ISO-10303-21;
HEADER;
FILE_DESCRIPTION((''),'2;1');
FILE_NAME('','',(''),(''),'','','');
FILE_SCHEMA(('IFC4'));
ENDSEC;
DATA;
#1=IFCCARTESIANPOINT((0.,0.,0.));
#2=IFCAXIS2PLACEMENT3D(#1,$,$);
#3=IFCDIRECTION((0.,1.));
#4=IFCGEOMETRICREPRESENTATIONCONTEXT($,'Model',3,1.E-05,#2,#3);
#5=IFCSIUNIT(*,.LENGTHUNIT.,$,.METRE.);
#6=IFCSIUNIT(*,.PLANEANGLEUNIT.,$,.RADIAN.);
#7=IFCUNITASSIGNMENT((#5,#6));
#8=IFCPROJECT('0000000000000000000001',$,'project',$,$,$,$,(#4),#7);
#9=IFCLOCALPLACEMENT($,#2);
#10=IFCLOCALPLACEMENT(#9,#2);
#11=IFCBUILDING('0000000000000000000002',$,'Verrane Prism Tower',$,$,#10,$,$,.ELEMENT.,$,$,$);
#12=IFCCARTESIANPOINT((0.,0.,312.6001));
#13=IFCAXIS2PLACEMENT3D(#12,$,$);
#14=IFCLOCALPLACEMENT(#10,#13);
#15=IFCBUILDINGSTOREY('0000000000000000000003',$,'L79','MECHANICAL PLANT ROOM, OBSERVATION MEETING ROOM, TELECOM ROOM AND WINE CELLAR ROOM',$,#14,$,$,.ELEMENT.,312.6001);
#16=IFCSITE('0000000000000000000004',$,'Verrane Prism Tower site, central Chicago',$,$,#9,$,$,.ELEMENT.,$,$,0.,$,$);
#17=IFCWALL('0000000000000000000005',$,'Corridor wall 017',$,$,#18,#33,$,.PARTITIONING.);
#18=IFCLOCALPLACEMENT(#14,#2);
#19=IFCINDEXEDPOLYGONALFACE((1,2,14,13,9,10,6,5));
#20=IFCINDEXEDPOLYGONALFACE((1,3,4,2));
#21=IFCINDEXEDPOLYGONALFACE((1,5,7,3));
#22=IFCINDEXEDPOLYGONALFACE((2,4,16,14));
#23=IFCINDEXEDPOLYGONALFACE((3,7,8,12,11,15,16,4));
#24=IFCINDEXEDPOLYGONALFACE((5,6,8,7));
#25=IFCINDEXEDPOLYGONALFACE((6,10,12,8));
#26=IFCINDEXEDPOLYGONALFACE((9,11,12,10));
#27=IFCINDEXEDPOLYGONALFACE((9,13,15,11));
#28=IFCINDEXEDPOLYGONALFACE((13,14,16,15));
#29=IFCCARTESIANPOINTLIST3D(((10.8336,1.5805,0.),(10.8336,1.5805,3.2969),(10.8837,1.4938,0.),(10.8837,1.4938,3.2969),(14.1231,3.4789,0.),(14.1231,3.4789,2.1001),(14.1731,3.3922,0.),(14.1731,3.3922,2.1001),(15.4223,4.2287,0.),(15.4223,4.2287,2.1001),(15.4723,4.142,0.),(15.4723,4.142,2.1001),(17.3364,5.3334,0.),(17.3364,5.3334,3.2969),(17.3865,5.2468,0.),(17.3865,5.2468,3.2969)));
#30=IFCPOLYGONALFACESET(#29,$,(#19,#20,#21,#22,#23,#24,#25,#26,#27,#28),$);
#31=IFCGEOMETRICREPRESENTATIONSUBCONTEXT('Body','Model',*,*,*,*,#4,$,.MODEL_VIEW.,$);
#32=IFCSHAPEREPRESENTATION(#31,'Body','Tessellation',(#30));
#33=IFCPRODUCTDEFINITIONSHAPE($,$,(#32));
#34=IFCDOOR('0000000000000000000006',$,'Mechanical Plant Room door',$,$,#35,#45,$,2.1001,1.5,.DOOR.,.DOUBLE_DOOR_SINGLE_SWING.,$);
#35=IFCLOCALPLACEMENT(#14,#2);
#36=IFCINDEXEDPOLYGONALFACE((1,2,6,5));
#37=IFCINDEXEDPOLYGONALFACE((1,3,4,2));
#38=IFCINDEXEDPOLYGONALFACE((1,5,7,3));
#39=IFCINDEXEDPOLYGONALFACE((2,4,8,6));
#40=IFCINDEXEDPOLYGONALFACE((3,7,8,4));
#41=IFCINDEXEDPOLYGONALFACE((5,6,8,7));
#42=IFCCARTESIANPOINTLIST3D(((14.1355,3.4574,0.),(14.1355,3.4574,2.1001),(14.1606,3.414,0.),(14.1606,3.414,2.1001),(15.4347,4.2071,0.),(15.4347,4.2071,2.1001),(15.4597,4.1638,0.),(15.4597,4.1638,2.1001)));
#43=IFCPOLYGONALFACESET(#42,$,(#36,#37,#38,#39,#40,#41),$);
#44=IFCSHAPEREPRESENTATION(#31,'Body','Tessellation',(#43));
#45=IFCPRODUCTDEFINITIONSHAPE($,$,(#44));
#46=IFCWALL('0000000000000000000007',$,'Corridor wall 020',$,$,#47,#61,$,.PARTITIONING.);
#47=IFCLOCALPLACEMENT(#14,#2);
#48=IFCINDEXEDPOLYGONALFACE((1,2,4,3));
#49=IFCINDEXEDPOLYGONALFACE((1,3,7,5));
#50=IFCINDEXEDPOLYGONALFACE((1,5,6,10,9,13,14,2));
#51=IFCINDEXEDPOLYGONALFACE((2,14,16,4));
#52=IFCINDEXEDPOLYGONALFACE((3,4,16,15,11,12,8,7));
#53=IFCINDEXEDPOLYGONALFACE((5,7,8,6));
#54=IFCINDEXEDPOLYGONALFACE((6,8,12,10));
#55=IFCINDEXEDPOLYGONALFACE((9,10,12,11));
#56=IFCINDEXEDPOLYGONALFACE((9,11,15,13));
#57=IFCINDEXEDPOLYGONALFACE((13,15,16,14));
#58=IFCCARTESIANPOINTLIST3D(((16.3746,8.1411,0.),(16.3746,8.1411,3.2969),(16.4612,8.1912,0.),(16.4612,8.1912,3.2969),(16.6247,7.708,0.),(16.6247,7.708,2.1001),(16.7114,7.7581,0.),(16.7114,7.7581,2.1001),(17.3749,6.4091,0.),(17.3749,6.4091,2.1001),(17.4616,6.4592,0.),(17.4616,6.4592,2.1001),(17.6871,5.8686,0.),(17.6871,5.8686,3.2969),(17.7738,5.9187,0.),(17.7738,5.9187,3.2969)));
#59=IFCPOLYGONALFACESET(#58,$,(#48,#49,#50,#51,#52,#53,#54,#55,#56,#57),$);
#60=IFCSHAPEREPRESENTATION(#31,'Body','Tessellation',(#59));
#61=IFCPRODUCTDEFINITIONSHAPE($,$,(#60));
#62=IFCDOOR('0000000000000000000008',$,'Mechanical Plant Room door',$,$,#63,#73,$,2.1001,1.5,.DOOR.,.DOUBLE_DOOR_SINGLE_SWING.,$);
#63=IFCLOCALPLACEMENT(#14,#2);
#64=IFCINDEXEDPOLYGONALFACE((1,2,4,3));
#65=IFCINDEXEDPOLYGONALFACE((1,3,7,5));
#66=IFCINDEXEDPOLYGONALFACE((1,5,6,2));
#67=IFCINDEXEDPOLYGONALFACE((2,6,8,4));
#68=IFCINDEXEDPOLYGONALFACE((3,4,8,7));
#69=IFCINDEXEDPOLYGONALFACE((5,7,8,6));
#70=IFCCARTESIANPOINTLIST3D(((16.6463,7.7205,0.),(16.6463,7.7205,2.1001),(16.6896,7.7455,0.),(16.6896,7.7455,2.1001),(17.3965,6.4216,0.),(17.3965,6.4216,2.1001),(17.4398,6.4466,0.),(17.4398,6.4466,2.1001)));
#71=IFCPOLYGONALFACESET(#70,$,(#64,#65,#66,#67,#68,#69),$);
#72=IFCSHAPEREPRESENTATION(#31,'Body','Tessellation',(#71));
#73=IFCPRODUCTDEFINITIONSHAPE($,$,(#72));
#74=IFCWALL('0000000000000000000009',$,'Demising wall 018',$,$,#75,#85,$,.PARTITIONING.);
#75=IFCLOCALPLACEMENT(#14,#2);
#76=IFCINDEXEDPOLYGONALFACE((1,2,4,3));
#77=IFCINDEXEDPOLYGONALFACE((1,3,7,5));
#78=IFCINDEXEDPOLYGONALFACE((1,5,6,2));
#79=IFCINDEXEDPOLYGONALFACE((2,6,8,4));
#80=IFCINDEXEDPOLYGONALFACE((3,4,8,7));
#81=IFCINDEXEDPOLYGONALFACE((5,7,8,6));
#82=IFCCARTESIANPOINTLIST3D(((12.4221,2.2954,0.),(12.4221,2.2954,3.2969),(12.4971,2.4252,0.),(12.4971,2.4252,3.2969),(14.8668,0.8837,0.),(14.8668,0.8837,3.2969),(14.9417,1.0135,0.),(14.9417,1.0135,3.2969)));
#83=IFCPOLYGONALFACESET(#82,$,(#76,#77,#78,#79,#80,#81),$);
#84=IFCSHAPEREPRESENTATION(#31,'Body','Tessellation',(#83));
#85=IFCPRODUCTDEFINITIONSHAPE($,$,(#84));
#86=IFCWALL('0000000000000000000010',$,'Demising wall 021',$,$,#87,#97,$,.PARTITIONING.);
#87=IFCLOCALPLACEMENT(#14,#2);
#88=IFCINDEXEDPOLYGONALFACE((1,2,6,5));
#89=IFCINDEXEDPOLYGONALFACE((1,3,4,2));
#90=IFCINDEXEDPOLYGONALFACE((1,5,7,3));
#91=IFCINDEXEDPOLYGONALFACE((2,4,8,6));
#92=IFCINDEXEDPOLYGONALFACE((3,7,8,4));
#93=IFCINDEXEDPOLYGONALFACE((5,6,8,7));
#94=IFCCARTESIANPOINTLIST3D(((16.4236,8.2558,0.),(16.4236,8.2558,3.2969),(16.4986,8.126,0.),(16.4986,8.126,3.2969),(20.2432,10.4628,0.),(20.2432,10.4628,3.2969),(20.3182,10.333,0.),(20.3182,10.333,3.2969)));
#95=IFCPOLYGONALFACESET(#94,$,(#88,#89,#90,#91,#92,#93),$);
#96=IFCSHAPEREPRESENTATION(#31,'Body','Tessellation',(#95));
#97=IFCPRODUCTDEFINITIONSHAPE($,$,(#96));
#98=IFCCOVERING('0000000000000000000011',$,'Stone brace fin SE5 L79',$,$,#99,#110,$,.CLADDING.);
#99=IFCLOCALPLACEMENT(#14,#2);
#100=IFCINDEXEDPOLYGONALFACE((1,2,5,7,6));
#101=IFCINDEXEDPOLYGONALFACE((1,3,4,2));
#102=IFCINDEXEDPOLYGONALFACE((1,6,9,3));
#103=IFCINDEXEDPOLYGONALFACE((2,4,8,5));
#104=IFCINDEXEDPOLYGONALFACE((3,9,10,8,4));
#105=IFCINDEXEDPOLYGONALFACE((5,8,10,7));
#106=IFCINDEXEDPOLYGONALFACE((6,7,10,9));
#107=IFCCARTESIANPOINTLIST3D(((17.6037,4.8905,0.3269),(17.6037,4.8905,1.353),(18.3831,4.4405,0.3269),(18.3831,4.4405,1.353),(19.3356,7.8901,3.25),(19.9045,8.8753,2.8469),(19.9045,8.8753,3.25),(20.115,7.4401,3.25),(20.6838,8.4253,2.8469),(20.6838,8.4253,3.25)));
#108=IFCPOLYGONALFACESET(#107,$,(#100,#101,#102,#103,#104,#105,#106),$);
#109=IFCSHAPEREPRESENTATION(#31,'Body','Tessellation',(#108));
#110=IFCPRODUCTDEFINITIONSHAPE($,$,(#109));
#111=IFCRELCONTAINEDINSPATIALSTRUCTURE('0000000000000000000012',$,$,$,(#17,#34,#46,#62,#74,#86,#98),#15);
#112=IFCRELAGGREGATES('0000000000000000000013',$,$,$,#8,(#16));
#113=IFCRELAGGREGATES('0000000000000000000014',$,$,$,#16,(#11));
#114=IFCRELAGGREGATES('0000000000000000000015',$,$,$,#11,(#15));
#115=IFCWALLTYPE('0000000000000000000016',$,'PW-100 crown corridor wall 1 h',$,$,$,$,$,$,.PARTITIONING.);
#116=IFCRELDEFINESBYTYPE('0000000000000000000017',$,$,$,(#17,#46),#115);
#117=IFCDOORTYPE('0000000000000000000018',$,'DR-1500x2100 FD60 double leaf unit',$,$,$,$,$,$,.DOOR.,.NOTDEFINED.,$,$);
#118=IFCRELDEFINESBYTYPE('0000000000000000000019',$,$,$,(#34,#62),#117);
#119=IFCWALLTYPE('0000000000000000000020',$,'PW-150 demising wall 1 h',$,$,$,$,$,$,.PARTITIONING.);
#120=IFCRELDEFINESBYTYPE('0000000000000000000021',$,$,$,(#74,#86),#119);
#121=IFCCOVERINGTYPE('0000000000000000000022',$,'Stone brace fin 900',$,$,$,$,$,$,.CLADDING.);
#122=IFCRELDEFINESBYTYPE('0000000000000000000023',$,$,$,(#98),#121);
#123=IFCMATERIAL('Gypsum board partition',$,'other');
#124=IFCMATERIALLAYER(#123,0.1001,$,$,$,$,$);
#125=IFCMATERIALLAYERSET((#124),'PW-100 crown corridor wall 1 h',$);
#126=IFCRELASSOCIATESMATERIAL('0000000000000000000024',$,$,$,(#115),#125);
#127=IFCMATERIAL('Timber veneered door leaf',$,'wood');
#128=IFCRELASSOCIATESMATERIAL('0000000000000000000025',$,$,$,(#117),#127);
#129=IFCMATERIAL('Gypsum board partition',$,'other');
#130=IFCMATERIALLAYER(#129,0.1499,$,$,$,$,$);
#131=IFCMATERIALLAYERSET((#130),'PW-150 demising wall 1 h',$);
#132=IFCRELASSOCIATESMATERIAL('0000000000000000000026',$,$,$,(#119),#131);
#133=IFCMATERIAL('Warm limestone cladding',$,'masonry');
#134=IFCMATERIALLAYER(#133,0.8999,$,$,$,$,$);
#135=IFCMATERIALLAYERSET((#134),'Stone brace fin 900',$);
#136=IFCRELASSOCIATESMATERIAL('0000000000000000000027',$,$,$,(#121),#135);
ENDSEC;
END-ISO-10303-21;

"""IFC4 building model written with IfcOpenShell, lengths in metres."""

from ifc_helpers import new_model, si_unit, direction, frame, frame_2d, origin, place, context, subcontext, project, spatial, polyline, rectangle, outline, extrude, material, layer, layer_set, type_object, element, fill, save


model = new_model("IFC4")

# Units and contexts
model_context = context("Model", 3, precision=1e-05, world=origin(), true_north=direction((0.0, 1.0)))
body_context = subcontext(model_context, "Body", "Model", "MODEL_VIEW")
ifc_project = project(units=[si_unit("LENGTHUNIT", "METRE"), si_unit("PLANEANGLEUNIT", "RADIAN")], contexts=[model_context])

# Site, building, storey
site_placement = place(None, origin())
site = spatial("IfcSite", under=ifc_project, at=site_placement, Name="Verrane Prism Tower site, central Chicago", CompositionType="ELEMENT", RefElevation=0.0)
building_placement = place(site_placement, origin())
building = spatial("IfcBuilding", under=site, at=building_placement, Name="Verrane Prism Tower", CompositionType="ELEMENT")
storey_placement = place(building_placement, frame((0.0, 0.0, 312.6001)))
storey = spatial("IfcBuildingStorey", under=building, at=storey_placement, Name="L79", Description="MECHANICAL PLANT ROOM, OBSERVATION MEETING ROOM, TELECOM ROOM AND WINE CELLAR ROOM", CompositionType="ELEMENT", Elevation=312.6001)

# Walls, openings, doors
ifc_material_1 = material(Name="Gypsum board partition", Category="other")
ifc_layer_1 = layer(ifc_material_1, 0.1001)
ifc_layer_set_1 = layer_set([ifc_layer_1], Name="PW-100 crown corridor wall 1 h")
wall_type_1 = type_object("IfcWallType", Name="PW-100 crown corridor wall 1 h", PredefinedType="PARTITIONING", material=ifc_layer_set_1)
wall_1_placement = place(storey_placement, frame((17.3613, 5.29, 0.0), z_axis=(0.0, 0.0, 1.0), x_axis=(-0.866106, -0.49986, 0.0)))
wall_1 = element("IfcWall", 1, at=wall_1_placement, inside=storey, type_object=wall_type_1, Name="Corridor wall 017", PredefinedType="PARTITIONING", context=body_context, shape_type="SweptSolid", body=[
    extrude(rectangle(XDim=7.5081, YDim=0.1001, at=frame_2d((3.7539, 0.0))), origin(), (0.0, 0.0, 1.0), 3.2969),
])
opening_1_placement = place(wall_1_placement, frame((2.21, 0.0, 0.0)))
opening_1 = element("IfcOpeningElement", 2, at=opening_1_placement, cuts=wall_1, PredefinedType="OPENING", context=body_context, shape_type="SweptSolid", body=[
    extrude(rectangle(XDim=1.5, YDim=2.1001, at=frame_2d((0.75, 1.05))), frame((0.0, 0.0601, 0.0), z_axis=(0.0, -1.0, 0.0), x_axis=(1.0, 0.0, 0.0)), (0.0, 0.0, 1.0), 0.1201),
])
ifc_material_2 = material(Name="Timber veneered door leaf", Category="wood")
door_type_1 = type_object("IfcDoorType", Name="DR-1500x2100 FD60 double leaf unit", OperationType="NOTDEFINED", PredefinedType="DOOR", material=ifc_material_2)
door_1_placement = place(opening_1_placement, origin())
door_1 = element("IfcDoor", 3, at=door_1_placement, inside=storey, type_object=door_type_1, Name="Mechanical Plant Room door", OperationType="DOUBLE_DOOR_SINGLE_SWING", OverallHeight=2.1001, OverallWidth=1.5, PredefinedType="DOOR", context=body_context, shape_type="SweptSolid", body=[
    extrude(rectangle(XDim=1.5, YDim=2.1001, at=frame_2d((0.75, 1.05))), frame((0.0, 0.0249, 0.0), z_axis=(0.0, -1.0, 0.0), x_axis=(1.0, 0.0, 0.0)), (0.0, 0.0, 1.0), 0.05),
])
fill(opening_1, door_1)
wall_2_placement = place(storey_placement, frame((16.418, 8.166, 0.0), z_axis=(0.0, 0.0, 1.0), x_axis=(0.500141, -0.865944, 0.0)))
wall_2 = element("IfcWall", 4, at=wall_2_placement, inside=storey, type_object=wall_type_1, Name="Corridor wall 020", PredefinedType="PARTITIONING", context=body_context, shape_type="SweptSolid", body=[
    extrude(rectangle(XDim=2.6243, YDim=0.1001, at=frame_2d((1.312, 0.0))), origin(), (0.0, 0.0, 1.0), 3.2969),
])
opening_2_placement = place(wall_2_placement, frame((0.5, 0.0, 0.0)))
opening_2 = element("IfcOpeningElement", 5, at=opening_2_placement, cuts=wall_2, PredefinedType="OPENING", context=body_context, shape_type="SweptSolid", body=[
    extrude(rectangle(XDim=1.5, YDim=2.1001, at=frame_2d((0.75, 1.05))), frame((0.0, 0.0601, 0.0), z_axis=(0.0, -1.0, 0.0), x_axis=(1.0, 0.0, 0.0)), (0.0, 0.0, 1.0), 0.1201),
])
door_2_placement = place(opening_2_placement, origin())
door_2 = element("IfcDoor", 6, at=door_2_placement, inside=storey, type_object=door_type_1, Name="Mechanical Plant Room door", OperationType="DOUBLE_DOOR_SINGLE_SWING", OverallHeight=2.1001, OverallWidth=1.5, PredefinedType="DOOR", context=body_context, shape_type="SweptSolid", body=[
    extrude(rectangle(XDim=1.5, YDim=2.1001, at=frame_2d((0.75, 1.05))), frame((0.0, 0.0249, 0.0), z_axis=(0.0, -1.0, 0.0), x_axis=(1.0, 0.0, 0.0)), (0.0, 0.0, 1.0), 0.05),
])
fill(opening_2, door_2)

# Walls
ifc_material_3 = material(Name="Gypsum board partition", Category="other")
ifc_layer_2 = layer(ifc_material_3, 0.1499)
ifc_layer_set_2 = layer_set([ifc_layer_2], Name="PW-150 demising wall 1 h")
wall_type_2 = type_object("IfcWallType", Name="PW-150 demising wall 1 h", PredefinedType="PARTITIONING", material=ifc_layer_set_2)
wall_3_placement = place(storey_placement, frame((12.4595, 2.3604, 0.0), z_axis=(0.0, 0.0, 1.0), x_axis=(0.865988, -0.500064, 0.0)))
element("IfcWall", 7, at=wall_3_placement, inside=storey, type_object=wall_type_2, Name="Demising wall 018", PredefinedType="PARTITIONING", context=body_context, shape_type="SweptSolid", body=[
    extrude(rectangle(XDim=2.823, YDim=0.1499, at=frame_2d((1.4116, 0.0))), origin(), (0.0, 0.0, 1.0), 3.2969),
])
wall_4_placement = place(storey_placement, frame((16.4612, 8.1909, 0.0), z_axis=(0.0, 0.0, 1.0), x_axis=(0.865849, 0.500305, 0.0)))
element("IfcWall", 8, at=wall_4_placement, inside=storey, type_object=wall_type_2, Name="Demising wall 021", PredefinedType="PARTITIONING", context=body_context, shape_type="SweptSolid", body=[
    extrude(rectangle(XDim=4.4114, YDim=0.1499, at=frame_2d((2.2056, 0.0))), origin(), (0.0, 0.0, 1.0), 3.2969),
])

# Covering
ifc_material_4 = material(Name="Warm limestone cladding", Category="masonry")
ifc_layer_3 = layer(ifc_material_4, 0.8999)
ifc_layer_set_3 = layer_set([ifc_layer_3], Name="Stone brace fin 900")
covering_type = type_object("IfcCoveringType", Name="Stone brace fin 900", PredefinedType="CLADDING", material=ifc_layer_set_3)
covering_placement = place(storey_placement, frame((17.9934, 4.6655, 0.3269), z_axis=(0.0, 0.0, 1.0), x_axis=(0.500019, 0.866014, 0.0)))
element("IfcCovering", 9, at=covering_placement, inside=storey, type_object=covering_type, Name="Stone brace fin SE5 L79", PredefinedType="CLADDING", context=body_context, shape_type="SweptSolid", body=[
    extrude(outline(polyline([(4.6013, 2.9231), (3.4636, 2.9231), (0.0, 1.0261), (0.0, 0.0), (4.6013, 2.52), (4.6013, 2.9231)])), frame((0.0, 0.45, 0.0), z_axis=(0.0, -1.0, 0.0), x_axis=(1.0, 0.0, 0.0)), (0.0, 0.0, 1.0), 0.8999),
])

save(model, "model.ifc")
